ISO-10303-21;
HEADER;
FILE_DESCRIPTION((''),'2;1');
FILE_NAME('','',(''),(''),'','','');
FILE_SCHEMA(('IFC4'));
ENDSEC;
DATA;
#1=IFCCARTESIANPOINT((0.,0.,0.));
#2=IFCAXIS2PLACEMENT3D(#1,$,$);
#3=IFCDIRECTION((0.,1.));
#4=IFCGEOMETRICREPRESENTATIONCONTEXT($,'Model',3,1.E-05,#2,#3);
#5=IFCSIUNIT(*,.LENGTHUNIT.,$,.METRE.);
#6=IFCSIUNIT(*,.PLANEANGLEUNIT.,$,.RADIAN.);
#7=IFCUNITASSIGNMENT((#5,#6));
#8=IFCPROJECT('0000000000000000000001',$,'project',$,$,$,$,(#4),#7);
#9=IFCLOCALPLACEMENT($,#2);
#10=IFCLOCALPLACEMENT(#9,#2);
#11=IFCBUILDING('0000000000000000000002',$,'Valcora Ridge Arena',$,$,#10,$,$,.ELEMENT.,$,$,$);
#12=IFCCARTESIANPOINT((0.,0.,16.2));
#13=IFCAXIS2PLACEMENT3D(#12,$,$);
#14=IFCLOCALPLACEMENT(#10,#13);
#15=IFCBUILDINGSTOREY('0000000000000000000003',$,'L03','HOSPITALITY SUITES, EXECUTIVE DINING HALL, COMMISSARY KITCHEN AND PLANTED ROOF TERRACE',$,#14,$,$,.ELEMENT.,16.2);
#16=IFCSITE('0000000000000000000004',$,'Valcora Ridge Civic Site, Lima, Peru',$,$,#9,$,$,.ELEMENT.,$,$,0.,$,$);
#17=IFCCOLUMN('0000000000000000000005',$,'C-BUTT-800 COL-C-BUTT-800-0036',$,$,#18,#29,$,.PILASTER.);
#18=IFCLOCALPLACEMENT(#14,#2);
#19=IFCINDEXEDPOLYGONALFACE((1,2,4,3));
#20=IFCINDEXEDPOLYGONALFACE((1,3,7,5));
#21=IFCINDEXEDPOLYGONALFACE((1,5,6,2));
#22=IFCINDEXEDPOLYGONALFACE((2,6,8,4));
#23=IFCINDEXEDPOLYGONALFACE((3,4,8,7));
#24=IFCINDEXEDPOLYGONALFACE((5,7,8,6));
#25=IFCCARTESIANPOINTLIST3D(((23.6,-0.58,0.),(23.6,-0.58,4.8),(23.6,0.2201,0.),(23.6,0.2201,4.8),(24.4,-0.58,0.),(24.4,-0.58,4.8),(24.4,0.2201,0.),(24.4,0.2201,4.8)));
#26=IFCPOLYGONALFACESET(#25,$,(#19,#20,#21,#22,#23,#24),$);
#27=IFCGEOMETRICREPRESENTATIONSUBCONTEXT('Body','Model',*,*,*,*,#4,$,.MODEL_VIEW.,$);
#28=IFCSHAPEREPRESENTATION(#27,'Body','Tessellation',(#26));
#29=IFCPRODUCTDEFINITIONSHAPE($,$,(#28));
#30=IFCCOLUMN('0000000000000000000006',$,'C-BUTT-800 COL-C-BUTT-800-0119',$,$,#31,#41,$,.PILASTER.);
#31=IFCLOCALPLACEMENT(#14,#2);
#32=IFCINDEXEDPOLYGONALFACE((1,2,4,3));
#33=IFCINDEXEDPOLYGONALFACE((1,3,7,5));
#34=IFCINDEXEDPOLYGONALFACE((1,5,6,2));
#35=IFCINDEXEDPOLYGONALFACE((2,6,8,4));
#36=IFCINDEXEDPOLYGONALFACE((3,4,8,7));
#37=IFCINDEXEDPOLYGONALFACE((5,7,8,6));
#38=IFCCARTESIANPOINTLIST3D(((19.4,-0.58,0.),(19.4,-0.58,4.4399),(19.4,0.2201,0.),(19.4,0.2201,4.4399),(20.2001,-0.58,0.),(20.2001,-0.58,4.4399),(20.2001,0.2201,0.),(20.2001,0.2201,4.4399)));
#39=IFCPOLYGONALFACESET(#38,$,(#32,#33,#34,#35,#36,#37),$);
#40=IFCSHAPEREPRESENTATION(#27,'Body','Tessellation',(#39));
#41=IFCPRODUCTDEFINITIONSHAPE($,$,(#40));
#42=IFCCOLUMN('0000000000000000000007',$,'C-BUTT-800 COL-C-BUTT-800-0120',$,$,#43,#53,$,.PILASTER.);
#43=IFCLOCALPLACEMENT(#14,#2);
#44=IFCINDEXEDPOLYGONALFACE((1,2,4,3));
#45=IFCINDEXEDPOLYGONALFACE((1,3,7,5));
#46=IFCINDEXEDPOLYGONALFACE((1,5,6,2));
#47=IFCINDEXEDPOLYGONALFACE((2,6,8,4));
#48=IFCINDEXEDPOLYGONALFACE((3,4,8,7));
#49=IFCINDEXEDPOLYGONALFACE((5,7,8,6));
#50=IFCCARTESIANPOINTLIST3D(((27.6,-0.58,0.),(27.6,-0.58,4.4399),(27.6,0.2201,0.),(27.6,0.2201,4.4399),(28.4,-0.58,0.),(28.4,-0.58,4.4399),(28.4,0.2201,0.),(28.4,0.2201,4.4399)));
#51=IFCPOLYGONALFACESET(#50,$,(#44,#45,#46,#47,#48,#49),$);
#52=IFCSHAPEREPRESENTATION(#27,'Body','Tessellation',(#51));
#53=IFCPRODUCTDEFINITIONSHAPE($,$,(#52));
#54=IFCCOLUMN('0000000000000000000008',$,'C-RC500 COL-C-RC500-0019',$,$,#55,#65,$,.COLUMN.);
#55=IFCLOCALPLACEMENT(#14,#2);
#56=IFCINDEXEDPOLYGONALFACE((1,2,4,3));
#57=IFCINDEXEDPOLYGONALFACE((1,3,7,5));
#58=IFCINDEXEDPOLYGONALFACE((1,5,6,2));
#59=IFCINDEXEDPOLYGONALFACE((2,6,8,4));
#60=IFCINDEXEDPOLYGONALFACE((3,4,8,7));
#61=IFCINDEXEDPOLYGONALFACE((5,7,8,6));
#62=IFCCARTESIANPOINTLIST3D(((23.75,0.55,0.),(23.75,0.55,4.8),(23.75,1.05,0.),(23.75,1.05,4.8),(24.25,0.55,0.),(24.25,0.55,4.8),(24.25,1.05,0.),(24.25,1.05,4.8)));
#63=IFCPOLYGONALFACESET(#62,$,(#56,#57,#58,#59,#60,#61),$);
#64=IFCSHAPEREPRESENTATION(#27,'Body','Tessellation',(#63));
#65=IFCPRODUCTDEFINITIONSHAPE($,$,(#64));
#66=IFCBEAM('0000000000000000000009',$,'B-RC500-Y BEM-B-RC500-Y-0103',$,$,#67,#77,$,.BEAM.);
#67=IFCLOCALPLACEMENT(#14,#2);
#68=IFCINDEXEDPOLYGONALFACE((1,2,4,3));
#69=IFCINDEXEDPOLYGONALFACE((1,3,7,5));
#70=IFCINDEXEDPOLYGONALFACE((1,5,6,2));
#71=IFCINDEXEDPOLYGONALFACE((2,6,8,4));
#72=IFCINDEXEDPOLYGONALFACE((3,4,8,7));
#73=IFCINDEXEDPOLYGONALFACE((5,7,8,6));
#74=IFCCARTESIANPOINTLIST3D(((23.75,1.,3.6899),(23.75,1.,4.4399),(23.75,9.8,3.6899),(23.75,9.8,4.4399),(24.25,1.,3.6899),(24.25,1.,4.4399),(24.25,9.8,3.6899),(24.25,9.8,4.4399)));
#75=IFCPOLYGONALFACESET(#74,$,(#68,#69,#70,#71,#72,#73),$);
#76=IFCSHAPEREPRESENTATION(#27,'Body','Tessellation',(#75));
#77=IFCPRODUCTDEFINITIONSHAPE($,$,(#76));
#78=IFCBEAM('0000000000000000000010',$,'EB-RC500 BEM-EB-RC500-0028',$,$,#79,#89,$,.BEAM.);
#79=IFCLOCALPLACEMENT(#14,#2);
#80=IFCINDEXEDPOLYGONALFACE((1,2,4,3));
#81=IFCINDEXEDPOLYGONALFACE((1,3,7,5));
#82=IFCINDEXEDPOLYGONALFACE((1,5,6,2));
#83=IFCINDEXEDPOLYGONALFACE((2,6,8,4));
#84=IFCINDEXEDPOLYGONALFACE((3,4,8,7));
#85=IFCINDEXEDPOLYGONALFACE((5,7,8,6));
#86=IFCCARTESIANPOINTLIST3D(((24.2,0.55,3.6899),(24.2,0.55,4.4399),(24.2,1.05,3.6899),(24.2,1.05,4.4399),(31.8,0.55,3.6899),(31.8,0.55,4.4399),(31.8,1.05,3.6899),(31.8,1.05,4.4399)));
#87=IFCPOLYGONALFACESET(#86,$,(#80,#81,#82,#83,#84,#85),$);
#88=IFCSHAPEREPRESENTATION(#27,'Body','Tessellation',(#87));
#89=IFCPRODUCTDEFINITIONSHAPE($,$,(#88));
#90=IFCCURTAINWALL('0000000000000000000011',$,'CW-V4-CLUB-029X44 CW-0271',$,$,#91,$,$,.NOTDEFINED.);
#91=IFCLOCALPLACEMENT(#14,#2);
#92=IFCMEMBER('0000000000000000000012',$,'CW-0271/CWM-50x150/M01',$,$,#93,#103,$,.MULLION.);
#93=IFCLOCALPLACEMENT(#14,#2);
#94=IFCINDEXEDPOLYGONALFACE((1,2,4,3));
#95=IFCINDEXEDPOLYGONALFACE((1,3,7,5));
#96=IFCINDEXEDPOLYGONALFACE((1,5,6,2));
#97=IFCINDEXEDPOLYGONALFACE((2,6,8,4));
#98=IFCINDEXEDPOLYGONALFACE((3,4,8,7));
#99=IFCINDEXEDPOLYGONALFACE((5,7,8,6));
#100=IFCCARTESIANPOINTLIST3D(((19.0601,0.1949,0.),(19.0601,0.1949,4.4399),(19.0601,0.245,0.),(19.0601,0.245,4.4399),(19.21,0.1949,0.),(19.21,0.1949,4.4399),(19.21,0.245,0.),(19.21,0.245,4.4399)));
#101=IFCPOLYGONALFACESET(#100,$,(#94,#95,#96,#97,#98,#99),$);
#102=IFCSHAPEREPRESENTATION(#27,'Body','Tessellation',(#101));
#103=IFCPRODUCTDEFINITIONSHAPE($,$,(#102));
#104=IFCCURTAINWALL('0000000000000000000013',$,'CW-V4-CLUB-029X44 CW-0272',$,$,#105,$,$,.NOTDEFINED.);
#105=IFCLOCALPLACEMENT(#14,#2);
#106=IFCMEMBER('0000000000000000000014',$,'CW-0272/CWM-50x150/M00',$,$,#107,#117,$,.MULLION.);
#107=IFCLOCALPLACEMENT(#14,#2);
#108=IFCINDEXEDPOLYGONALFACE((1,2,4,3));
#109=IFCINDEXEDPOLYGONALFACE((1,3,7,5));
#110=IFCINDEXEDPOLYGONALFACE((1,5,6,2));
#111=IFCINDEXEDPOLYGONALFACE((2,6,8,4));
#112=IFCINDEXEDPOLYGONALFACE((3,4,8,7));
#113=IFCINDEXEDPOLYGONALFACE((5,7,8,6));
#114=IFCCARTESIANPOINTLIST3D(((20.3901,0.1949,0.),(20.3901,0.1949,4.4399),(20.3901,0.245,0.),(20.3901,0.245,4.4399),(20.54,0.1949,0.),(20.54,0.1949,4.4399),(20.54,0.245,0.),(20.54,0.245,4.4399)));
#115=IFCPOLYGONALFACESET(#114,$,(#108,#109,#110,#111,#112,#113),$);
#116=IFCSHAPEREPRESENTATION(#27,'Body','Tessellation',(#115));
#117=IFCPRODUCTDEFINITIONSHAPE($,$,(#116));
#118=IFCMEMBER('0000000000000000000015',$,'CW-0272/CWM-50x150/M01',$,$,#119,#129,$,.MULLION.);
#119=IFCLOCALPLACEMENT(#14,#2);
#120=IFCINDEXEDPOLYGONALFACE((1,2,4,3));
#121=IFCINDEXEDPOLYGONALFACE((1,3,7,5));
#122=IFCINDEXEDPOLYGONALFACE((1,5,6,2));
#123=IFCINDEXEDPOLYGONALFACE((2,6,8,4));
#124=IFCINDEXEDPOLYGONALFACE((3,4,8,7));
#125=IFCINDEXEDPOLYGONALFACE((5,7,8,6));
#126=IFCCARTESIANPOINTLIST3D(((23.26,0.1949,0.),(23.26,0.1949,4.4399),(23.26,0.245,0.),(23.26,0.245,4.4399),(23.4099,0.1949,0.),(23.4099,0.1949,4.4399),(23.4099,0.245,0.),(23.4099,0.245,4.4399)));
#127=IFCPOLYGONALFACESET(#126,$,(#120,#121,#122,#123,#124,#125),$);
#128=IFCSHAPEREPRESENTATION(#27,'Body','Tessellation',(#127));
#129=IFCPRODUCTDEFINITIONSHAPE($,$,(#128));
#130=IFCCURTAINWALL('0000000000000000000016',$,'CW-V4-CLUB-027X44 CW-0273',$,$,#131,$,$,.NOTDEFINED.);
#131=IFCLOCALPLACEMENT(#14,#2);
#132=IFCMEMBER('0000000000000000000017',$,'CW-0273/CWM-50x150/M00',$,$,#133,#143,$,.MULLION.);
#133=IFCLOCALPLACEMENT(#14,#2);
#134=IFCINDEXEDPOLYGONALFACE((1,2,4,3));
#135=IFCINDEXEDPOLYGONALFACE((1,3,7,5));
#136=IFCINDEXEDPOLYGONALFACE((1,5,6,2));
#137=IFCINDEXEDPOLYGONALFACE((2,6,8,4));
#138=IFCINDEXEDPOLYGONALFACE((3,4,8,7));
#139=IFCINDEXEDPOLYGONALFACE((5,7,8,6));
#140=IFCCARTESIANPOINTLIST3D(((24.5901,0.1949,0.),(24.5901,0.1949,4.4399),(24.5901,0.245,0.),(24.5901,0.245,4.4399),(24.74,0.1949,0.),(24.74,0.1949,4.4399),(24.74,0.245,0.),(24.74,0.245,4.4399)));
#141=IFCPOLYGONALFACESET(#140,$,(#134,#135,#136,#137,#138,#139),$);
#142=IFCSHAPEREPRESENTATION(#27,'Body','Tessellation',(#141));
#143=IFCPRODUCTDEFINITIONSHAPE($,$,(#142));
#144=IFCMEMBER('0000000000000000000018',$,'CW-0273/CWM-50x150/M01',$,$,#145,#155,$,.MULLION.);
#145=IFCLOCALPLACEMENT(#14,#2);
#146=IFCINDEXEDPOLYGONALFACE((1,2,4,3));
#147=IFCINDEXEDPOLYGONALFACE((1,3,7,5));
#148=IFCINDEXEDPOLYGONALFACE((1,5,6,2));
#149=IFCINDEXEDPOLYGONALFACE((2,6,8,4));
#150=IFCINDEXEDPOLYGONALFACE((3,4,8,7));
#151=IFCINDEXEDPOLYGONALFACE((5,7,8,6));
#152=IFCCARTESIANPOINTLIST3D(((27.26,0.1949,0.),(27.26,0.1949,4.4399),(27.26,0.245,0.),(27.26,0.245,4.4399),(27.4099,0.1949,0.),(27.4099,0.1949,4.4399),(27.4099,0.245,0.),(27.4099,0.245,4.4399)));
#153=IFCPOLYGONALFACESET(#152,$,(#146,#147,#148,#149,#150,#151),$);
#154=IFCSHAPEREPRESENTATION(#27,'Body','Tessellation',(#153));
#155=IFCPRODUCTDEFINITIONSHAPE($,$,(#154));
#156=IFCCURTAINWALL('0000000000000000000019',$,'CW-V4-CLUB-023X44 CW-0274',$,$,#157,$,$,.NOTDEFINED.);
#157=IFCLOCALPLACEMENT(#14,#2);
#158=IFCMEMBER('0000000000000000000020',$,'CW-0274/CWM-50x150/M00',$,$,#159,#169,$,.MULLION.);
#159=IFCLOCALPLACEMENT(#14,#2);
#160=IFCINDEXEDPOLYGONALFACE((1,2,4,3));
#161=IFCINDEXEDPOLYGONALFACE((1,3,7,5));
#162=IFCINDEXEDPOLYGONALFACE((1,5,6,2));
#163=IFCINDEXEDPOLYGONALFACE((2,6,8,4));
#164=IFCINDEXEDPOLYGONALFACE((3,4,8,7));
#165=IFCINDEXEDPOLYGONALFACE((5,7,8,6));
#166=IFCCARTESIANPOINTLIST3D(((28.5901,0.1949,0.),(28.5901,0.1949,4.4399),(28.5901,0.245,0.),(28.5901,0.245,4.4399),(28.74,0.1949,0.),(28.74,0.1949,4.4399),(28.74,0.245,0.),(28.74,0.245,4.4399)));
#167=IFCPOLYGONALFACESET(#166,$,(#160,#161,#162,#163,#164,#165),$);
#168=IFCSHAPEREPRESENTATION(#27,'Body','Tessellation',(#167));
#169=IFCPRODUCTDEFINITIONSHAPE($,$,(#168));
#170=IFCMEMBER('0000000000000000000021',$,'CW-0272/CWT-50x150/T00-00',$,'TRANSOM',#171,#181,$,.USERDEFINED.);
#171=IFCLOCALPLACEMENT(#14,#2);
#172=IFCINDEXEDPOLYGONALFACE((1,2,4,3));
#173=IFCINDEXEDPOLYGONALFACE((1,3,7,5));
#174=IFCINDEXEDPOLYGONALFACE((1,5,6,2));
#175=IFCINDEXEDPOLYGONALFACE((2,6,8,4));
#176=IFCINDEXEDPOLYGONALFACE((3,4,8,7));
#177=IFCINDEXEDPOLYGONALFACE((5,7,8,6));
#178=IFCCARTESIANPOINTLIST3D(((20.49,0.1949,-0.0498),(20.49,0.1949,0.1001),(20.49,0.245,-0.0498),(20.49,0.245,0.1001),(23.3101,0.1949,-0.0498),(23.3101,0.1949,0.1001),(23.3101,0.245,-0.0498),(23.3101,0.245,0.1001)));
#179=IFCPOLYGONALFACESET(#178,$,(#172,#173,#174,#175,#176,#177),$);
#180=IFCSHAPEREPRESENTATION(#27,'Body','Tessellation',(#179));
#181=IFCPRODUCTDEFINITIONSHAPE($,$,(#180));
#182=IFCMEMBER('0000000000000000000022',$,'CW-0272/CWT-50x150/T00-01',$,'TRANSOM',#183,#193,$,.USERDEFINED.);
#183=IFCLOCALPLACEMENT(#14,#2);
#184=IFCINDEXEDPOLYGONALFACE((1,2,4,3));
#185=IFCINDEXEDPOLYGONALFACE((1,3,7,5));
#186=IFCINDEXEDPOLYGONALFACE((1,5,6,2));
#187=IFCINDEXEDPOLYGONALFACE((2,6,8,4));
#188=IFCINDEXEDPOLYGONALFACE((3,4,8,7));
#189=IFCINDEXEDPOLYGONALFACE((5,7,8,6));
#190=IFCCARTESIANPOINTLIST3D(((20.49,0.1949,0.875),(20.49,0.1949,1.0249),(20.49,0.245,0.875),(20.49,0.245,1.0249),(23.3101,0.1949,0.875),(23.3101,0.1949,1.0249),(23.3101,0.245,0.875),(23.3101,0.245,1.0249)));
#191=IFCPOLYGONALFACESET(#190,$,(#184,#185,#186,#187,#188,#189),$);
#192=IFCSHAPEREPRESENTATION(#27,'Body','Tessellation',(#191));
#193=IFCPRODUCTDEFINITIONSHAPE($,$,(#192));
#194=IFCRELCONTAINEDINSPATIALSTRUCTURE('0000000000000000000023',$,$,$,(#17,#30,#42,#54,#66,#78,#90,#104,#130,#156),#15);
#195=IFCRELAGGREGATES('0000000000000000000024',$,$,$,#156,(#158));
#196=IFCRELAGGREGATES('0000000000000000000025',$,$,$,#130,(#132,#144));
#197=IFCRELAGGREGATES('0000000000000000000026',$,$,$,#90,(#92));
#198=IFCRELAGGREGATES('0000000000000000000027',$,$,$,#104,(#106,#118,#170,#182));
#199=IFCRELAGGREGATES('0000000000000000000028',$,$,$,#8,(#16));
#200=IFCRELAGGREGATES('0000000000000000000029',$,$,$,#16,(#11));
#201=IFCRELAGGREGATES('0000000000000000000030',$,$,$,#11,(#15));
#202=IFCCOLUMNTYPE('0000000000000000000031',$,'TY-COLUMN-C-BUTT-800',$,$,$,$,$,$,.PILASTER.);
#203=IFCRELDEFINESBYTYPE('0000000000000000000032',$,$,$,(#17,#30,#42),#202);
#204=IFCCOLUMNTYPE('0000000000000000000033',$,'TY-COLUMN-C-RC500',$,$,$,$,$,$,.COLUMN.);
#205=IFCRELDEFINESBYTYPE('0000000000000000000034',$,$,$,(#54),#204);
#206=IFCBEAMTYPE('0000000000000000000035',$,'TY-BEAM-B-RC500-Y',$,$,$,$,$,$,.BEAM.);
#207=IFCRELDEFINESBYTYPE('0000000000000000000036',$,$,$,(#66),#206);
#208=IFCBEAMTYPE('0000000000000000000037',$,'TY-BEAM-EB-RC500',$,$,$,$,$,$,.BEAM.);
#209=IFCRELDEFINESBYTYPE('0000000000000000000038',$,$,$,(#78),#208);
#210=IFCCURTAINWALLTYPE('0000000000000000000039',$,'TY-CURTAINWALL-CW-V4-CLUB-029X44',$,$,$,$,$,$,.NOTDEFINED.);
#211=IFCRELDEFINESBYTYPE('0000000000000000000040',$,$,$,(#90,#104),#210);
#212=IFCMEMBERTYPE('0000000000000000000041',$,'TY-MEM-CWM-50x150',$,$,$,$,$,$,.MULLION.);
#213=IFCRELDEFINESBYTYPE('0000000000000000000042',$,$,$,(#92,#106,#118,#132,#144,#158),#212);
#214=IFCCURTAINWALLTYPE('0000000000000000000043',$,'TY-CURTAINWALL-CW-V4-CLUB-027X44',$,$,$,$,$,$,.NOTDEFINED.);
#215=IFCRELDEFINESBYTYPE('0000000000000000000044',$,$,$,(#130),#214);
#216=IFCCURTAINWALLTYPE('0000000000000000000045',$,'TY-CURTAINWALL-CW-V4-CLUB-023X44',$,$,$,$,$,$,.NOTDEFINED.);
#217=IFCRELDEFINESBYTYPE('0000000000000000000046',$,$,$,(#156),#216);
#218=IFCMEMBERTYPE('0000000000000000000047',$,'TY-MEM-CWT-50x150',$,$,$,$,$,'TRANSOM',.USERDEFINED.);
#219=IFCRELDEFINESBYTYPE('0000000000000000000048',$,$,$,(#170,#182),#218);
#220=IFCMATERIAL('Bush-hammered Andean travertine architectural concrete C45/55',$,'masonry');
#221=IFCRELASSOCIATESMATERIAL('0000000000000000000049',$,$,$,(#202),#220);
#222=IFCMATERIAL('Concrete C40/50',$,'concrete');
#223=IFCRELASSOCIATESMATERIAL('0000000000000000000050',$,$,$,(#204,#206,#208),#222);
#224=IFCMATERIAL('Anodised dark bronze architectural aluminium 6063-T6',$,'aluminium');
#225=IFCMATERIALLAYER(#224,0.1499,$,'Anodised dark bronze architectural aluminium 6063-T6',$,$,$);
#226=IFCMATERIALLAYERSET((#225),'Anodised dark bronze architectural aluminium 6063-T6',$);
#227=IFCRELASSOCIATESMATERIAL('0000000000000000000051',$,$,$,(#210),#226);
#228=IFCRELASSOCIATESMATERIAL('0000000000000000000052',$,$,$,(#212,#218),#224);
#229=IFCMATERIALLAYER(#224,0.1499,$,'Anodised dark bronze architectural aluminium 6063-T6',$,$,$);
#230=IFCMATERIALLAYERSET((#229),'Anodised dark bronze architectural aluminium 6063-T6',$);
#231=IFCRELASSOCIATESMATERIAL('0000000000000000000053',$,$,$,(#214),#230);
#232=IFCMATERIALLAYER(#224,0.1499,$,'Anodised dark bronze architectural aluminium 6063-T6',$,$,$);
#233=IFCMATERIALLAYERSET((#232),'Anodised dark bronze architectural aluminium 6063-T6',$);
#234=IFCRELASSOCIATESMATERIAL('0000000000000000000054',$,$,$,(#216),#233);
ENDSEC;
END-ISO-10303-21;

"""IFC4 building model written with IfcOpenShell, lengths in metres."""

from ifc_helpers import new_model, si_unit, direction, frame, origin, origin_2d, place, context, subcontext, project, spatial, rectangle, extrude, material, layer, layer_set, material_profile, profile_set, type_object, element, aggregate, save


model = new_model("IFC4")

# Units and contexts
model_context = context("Model", 3, precision=1e-05, world=origin(), true_north=direction((0.0, 1.0)))
body_context = subcontext(model_context, "Body", "Model", "MODEL_VIEW")
ifc_project = project(units=[si_unit("LENGTHUNIT", "METRE"), si_unit("PLANEANGLEUNIT", "RADIAN")], contexts=[model_context])

# Site, building, storey
site_placement = place(None, origin())
site = spatial("IfcSite", under=ifc_project, at=site_placement, Name="Valcora Ridge Civic Site, Lima, Peru", CompositionType="ELEMENT", RefElevation=0.0)
building_placement = place(site_placement, origin())
building = spatial("IfcBuilding", under=site, at=building_placement, Name="Valcora Ridge Arena", CompositionType="ELEMENT")
storey_placement = place(building_placement, frame((0.0, 0.0, 16.2)))
storey = spatial("IfcBuildingStorey", under=building, at=storey_placement, Name="L03", Description="HOSPITALITY SUITES, EXECUTIVE DINING HALL, COMMISSARY KITCHEN AND PLANTED ROOF TERRACE", CompositionType="ELEMENT", Elevation=16.2)

# Columns
ifc_material_1 = material(Name="Bush-hammered Andean travertine architectural concrete C45/55", Category="masonry")
ifc_material_profile_1 = material_profile(ifc_material_1, rectangle(XDim=0.8, YDim=0.8, at=origin_2d()), Name="RC 800x800")
ifc_profile_set_1 = profile_set([ifc_material_profile_1], Name="Bush-hammered Andean travertine architectural concrete C45/55")
column_type_1 = type_object("IfcColumnType", Name="TY-COLUMN-C-BUTT-800", PredefinedType="PILASTER", material=ifc_profile_set_1)
column_1_placement = place(storey_placement, frame((24.0, -0.1799, 0.0), z_axis=(0.0, 0.0, 1.0), x_axis=(1.0, 0.0, 0.0)))
element("IfcColumn", 1, at=column_1_placement, inside=storey, type_object=column_type_1, Name="C-BUTT-800 COL-C-BUTT-800-0036", PredefinedType="PILASTER", context=body_context, shape_type="SweptSolid", body=[
    extrude(rectangle(XDim=0.8, YDim=0.8, at=origin_2d()), origin(), (0.0, 0.0, 1.0), 4.8),
])
for number, where, z_axis, x_axis, name in (
    (2, (19.8, -0.1799, 0.0), (0.0, 0.0, 1.0), (1.0, 0.0, 0.0), "C-BUTT-800 COL-C-BUTT-800-0119"),
    (3, (28.0, -0.1799, 0.0), (0.0, 0.0, 1.0), (1.0, 0.0, 0.0), "C-BUTT-800 COL-C-BUTT-800-0120"),
):
    element("IfcColumn", number, at=place(storey_placement, frame(where, z_axis=z_axis, x_axis=x_axis)), inside=storey, type_object=column_type_1, Name=name, PredefinedType="PILASTER", context=body_context, shape_type="SweptSolid", body=[
        extrude(rectangle(XDim=0.8, YDim=0.8, at=origin_2d()), origin(), (0.0, 0.0, 1.0), 4.4399),
    ])
ifc_material_2 = material(Name="Concrete C40/50", Category="concrete")
ifc_material_profile_2 = material_profile(ifc_material_2, rectangle(XDim=0.5, YDim=0.5, at=origin_2d()), Name="RC 500x500")
ifc_profile_set_2 = profile_set([ifc_material_profile_2], Name="Concrete C40/50")
column_type_2 = type_object("IfcColumnType", Name="TY-COLUMN-C-RC500", PredefinedType="COLUMN", material=ifc_profile_set_2)
column_2_placement = place(storey_placement, frame((24.0, 0.8, 0.0), z_axis=(0.0, 0.0, 1.0), x_axis=(1.0, 0.0, 0.0)))
element("IfcColumn", 4, at=column_2_placement, inside=storey, type_object=column_type_2, Name="C-RC500 COL-C-RC500-0019", PredefinedType="COLUMN", context=body_context, shape_type="SweptSolid", body=[
    extrude(rectangle(XDim=0.5, YDim=0.5, at=origin_2d()), origin(), (0.0, 0.0, 1.0), 4.8),
])

# Beams
ifc_material_profile_3 = material_profile(ifc_material_2, rectangle(XDim=0.5, YDim=0.75, at=origin_2d()), Name="RC 500x750")
ifc_profile_set_3 = profile_set([ifc_material_profile_3], Name="Concrete C40/50")
beam_type_1 = type_object("IfcBeamType", Name="TY-BEAM-B-RC500-Y", PredefinedType="BEAM", material=ifc_profile_set_3)
beam_1_placement = place(storey_placement, frame((24.0, 1.0, 4.0649), z_axis=(0.0, 1.0, 0.0), x_axis=(-1.0, 0.0, 0.0)))
element("IfcBeam", 5, at=beam_1_placement, inside=storey, type_object=beam_type_1, Name="B-RC500-Y BEM-B-RC500-Y-0103", PredefinedType="BEAM", context=body_context, shape_type="SweptSolid", body=[
    extrude(rectangle(XDim=0.5, YDim=0.75, at=origin_2d()), origin(), (0.0, 0.0, 1.0), 8.8),
])
ifc_material_profile_4 = material_profile(ifc_material_2, rectangle(XDim=0.5, YDim=0.75, at=origin_2d()), Name="RC 500x750")
ifc_profile_set_4 = profile_set([ifc_material_profile_4], Name="Concrete C40/50")
beam_type_2 = type_object("IfcBeamType", Name="TY-BEAM-EB-RC500", PredefinedType="BEAM", material=ifc_profile_set_4)
beam_2_placement = place(storey_placement, frame((24.2, 0.8, 4.0649), z_axis=(1.0, 0.0, 0.0), x_axis=(0.0, 1.0, 0.0)))
element("IfcBeam", 6, at=beam_2_placement, inside=storey, type_object=beam_type_2, Name="EB-RC500 BEM-EB-RC500-0028", PredefinedType="BEAM", context=body_context, shape_type="SweptSolid", body=[
    extrude(rectangle(XDim=0.5, YDim=0.75, at=origin_2d()), origin(), (0.0, 0.0, 1.0), 7.6001),
])

# Curtain wall, member
ifc_material_3 = material(Name="Anodised dark bronze architectural aluminium 6063-T6", Category="aluminium")
ifc_layer_1 = layer(ifc_material_3, 0.1499, Name="Anodised dark bronze architectural aluminium 6063-T6")
ifc_layer_set_1 = layer_set([ifc_layer_1], Name="Anodised dark bronze architectural aluminium 6063-T6")
curtain_wall_type_1 = type_object("IfcCurtainWallType", Name="TY-CURTAINWALL-CW-V4-CLUB-029X44", PredefinedType="NOTDEFINED", material=ifc_layer_set_1)
curtain_wall_1_placement = place(storey_placement, origin())
curtain_wall_1 = element("IfcCurtainWall", 7, at=curtain_wall_1_placement, inside=storey, type_object=curtain_wall_type_1, Name="CW-V4-CLUB-029X44 CW-0271", PredefinedType="NOTDEFINED")
ifc_material_profile_5 = material_profile(ifc_material_3, rectangle(XDim=0.05, YDim=0.1499, at=origin_2d()), Name="ALU MULLION 50x150")
ifc_profile_set_5 = profile_set([ifc_material_profile_5], Name="Anodised dark bronze architectural aluminium 6063-T6")
member_type_1 = type_object("IfcMemberType", Name="TY-MEM-CWM-50x150", PredefinedType="MULLION", material=ifc_profile_set_5)
member_1_placement = place(storey_placement, frame((19.135, 0.22, 0.0), z_axis=(0.0, 0.0, 1.0), x_axis=(0.0, 1.0, 0.0)))
member_1 = element("IfcMember", 8, at=member_1_placement, type_object=member_type_1, Name="CW-0271/CWM-50x150/M01", PredefinedType="MULLION", context=body_context, shape_type="SweptSolid", body=[
    extrude(rectangle(XDim=0.05, YDim=0.1499, at=origin_2d()), origin(), (0.0, 0.0, 1.0), 4.4399),
])

# Curtain walls, members
curtain_wall_2_placement = place(storey_placement, origin())
curtain_wall_2 = element("IfcCurtainWall", 9, at=curtain_wall_2_placement, inside=storey, type_object=curtain_wall_type_1, Name="CW-V4-CLUB-029X44 CW-0272", PredefinedType="NOTDEFINED")
member_2_placement = place(storey_placement, frame((20.4651, 0.22, 0.0), z_axis=(0.0, 0.0, 1.0), x_axis=(0.0, 1.0, 0.0)))
member_2 = element("IfcMember", 10, at=member_2_placement, type_object=member_type_1, Name="CW-0272/CWM-50x150/M00", PredefinedType="MULLION", context=body_context, shape_type="SweptSolid", body=[
    extrude(rectangle(XDim=0.05, YDim=0.1499, at=origin_2d()), origin(), (0.0, 0.0, 1.0), 4.4399),
])
member_3_placement = place(storey_placement, frame((23.335, 0.22, 0.0), z_axis=(0.0, 0.0, 1.0), x_axis=(0.0, 1.0, 0.0)))
member_3 = element("IfcMember", 11, at=member_3_placement, type_object=member_type_1, Name="CW-0272/CWM-50x150/M01", PredefinedType="MULLION", context=body_context, shape_type="SweptSolid", body=[
    extrude(rectangle(XDim=0.05, YDim=0.1499, at=origin_2d()), origin(), (0.0, 0.0, 1.0), 4.4399),
])
ifc_layer_2 = layer(ifc_material_3, 0.1499, Name="Anodised dark bronze architectural aluminium 6063-T6")
ifc_layer_set_2 = layer_set([ifc_layer_2], Name="Anodised dark bronze architectural aluminium 6063-T6")
curtain_wall_type_2 = type_object("IfcCurtainWallType", Name="TY-CURTAINWALL-CW-V4-CLUB-027X44", PredefinedType="NOTDEFINED", material=ifc_layer_set_2)
curtain_wall_3_placement = place(storey_placement, origin())
curtain_wall_3 = element("IfcCurtainWall", 12, at=curtain_wall_3_placement, inside=storey, type_object=curtain_wall_type_2, Name="CW-V4-CLUB-027X44 CW-0273", PredefinedType="NOTDEFINED")
member_4_placement = place(storey_placement, frame((24.665, 0.22, 0.0), z_axis=(0.0, 0.0, 1.0), x_axis=(0.0, 1.0, 0.0)))
member_4 = element("IfcMember", 13, at=member_4_placement, type_object=member_type_1, Name="CW-0273/CWM-50x150/M00", PredefinedType="MULLION", context=body_context, shape_type="SweptSolid", body=[
    extrude(rectangle(XDim=0.05, YDim=0.1499, at=origin_2d()), origin(), (0.0, 0.0, 1.0), 4.4399),
])
member_5_placement = place(storey_placement, frame((27.335, 0.22, 0.0), z_axis=(0.0, 0.0, 1.0), x_axis=(0.0, 1.0, 0.0)))
member_5 = element("IfcMember", 14, at=member_5_placement, type_object=member_type_1, Name="CW-0273/CWM-50x150/M01", PredefinedType="MULLION", context=body_context, shape_type="SweptSolid", body=[
    extrude(rectangle(XDim=0.05, YDim=0.1499, at=origin_2d()), origin(), (0.0, 0.0, 1.0), 4.4399),
])

# Curtain wall, member
ifc_layer_3 = layer(ifc_material_3, 0.1499, Name="Anodised dark bronze architectural aluminium 6063-T6")
ifc_layer_set_3 = layer_set([ifc_layer_3], Name="Anodised dark bronze architectural aluminium 6063-T6")
curtain_wall_type_3 = type_object("IfcCurtainWallType", Name="TY-CURTAINWALL-CW-V4-CLUB-023X44", PredefinedType="NOTDEFINED", material=ifc_layer_set_3)
curtain_wall_4_placement = place(storey_placement, origin())
curtain_wall_4 = element("IfcCurtainWall", 15, at=curtain_wall_4_placement, inside=storey, type_object=curtain_wall_type_3, Name="CW-V4-CLUB-023X44 CW-0274", PredefinedType="NOTDEFINED")
member_6_placement = place(storey_placement, frame((28.665, 0.22, 0.0), z_axis=(0.0, 0.0, 1.0), x_axis=(0.0, 1.0, 0.0)))
member_6 = element("IfcMember", 16, at=member_6_placement, type_object=member_type_1, Name="CW-0274/CWM-50x150/M00", PredefinedType="MULLION", context=body_context, shape_type="SweptSolid", body=[
    extrude(rectangle(XDim=0.05, YDim=0.1499, at=origin_2d()), origin(), (0.0, 0.0, 1.0), 4.4399),
])

# Members
ifc_material_profile_6 = material_profile(ifc_material_3, rectangle(XDim=0.05, YDim=0.1499, at=origin_2d()), Name="ALU TRANSOM 50x150")
ifc_profile_set_6 = profile_set([ifc_material_profile_6], Name="Anodised dark bronze architectural aluminium 6063-T6")
member_type_2 = type_object("IfcMemberType", Name="TY-MEM-CWT-50x150", ElementType="TRANSOM", PredefinedType="USERDEFINED", material=ifc_profile_set_6)
member_7_placement = place(storey_placement, frame((20.49, 0.22, 0.0251), z_axis=(1.0, 0.0, 0.0), x_axis=(0.0, 1.0, 0.0)))
member_7 = element("IfcMember", 17, at=member_7_placement, type_object=member_type_2, Name="CW-0272/CWT-50x150/T00-00", ObjectType="TRANSOM", PredefinedType="USERDEFINED", context=body_context, shape_type="SweptSolid", body=[
    extrude(rectangle(XDim=0.05, YDim=0.1499, at=origin_2d()), origin(), (0.0, 0.0, 1.0), 2.8201),
])
member_8_placement = place(storey_placement, frame((20.49, 0.22, 0.95), z_axis=(1.0, 0.0, 0.0), x_axis=(0.0, 1.0, 0.0)))
member_8 = element("IfcMember", 18, at=member_8_placement, type_object=member_type_2, Name="CW-0272/CWT-50x150/T00-01", ObjectType="TRANSOM", PredefinedType="USERDEFINED", context=body_context, shape_type="SweptSolid", body=[
    extrude(rectangle(XDim=0.05, YDim=0.1499, at=origin_2d()), origin(), (0.0, 0.0, 1.0), 2.8201),
])
aggregate(curtain_wall_4, [member_6])

aggregate(curtain_wall_3, [member_4, member_5])
aggregate(curtain_wall_1, [member_1])
aggregate(curtain_wall_2, [member_2, member_3, member_7, member_8])

save(model, "model.ifc")
